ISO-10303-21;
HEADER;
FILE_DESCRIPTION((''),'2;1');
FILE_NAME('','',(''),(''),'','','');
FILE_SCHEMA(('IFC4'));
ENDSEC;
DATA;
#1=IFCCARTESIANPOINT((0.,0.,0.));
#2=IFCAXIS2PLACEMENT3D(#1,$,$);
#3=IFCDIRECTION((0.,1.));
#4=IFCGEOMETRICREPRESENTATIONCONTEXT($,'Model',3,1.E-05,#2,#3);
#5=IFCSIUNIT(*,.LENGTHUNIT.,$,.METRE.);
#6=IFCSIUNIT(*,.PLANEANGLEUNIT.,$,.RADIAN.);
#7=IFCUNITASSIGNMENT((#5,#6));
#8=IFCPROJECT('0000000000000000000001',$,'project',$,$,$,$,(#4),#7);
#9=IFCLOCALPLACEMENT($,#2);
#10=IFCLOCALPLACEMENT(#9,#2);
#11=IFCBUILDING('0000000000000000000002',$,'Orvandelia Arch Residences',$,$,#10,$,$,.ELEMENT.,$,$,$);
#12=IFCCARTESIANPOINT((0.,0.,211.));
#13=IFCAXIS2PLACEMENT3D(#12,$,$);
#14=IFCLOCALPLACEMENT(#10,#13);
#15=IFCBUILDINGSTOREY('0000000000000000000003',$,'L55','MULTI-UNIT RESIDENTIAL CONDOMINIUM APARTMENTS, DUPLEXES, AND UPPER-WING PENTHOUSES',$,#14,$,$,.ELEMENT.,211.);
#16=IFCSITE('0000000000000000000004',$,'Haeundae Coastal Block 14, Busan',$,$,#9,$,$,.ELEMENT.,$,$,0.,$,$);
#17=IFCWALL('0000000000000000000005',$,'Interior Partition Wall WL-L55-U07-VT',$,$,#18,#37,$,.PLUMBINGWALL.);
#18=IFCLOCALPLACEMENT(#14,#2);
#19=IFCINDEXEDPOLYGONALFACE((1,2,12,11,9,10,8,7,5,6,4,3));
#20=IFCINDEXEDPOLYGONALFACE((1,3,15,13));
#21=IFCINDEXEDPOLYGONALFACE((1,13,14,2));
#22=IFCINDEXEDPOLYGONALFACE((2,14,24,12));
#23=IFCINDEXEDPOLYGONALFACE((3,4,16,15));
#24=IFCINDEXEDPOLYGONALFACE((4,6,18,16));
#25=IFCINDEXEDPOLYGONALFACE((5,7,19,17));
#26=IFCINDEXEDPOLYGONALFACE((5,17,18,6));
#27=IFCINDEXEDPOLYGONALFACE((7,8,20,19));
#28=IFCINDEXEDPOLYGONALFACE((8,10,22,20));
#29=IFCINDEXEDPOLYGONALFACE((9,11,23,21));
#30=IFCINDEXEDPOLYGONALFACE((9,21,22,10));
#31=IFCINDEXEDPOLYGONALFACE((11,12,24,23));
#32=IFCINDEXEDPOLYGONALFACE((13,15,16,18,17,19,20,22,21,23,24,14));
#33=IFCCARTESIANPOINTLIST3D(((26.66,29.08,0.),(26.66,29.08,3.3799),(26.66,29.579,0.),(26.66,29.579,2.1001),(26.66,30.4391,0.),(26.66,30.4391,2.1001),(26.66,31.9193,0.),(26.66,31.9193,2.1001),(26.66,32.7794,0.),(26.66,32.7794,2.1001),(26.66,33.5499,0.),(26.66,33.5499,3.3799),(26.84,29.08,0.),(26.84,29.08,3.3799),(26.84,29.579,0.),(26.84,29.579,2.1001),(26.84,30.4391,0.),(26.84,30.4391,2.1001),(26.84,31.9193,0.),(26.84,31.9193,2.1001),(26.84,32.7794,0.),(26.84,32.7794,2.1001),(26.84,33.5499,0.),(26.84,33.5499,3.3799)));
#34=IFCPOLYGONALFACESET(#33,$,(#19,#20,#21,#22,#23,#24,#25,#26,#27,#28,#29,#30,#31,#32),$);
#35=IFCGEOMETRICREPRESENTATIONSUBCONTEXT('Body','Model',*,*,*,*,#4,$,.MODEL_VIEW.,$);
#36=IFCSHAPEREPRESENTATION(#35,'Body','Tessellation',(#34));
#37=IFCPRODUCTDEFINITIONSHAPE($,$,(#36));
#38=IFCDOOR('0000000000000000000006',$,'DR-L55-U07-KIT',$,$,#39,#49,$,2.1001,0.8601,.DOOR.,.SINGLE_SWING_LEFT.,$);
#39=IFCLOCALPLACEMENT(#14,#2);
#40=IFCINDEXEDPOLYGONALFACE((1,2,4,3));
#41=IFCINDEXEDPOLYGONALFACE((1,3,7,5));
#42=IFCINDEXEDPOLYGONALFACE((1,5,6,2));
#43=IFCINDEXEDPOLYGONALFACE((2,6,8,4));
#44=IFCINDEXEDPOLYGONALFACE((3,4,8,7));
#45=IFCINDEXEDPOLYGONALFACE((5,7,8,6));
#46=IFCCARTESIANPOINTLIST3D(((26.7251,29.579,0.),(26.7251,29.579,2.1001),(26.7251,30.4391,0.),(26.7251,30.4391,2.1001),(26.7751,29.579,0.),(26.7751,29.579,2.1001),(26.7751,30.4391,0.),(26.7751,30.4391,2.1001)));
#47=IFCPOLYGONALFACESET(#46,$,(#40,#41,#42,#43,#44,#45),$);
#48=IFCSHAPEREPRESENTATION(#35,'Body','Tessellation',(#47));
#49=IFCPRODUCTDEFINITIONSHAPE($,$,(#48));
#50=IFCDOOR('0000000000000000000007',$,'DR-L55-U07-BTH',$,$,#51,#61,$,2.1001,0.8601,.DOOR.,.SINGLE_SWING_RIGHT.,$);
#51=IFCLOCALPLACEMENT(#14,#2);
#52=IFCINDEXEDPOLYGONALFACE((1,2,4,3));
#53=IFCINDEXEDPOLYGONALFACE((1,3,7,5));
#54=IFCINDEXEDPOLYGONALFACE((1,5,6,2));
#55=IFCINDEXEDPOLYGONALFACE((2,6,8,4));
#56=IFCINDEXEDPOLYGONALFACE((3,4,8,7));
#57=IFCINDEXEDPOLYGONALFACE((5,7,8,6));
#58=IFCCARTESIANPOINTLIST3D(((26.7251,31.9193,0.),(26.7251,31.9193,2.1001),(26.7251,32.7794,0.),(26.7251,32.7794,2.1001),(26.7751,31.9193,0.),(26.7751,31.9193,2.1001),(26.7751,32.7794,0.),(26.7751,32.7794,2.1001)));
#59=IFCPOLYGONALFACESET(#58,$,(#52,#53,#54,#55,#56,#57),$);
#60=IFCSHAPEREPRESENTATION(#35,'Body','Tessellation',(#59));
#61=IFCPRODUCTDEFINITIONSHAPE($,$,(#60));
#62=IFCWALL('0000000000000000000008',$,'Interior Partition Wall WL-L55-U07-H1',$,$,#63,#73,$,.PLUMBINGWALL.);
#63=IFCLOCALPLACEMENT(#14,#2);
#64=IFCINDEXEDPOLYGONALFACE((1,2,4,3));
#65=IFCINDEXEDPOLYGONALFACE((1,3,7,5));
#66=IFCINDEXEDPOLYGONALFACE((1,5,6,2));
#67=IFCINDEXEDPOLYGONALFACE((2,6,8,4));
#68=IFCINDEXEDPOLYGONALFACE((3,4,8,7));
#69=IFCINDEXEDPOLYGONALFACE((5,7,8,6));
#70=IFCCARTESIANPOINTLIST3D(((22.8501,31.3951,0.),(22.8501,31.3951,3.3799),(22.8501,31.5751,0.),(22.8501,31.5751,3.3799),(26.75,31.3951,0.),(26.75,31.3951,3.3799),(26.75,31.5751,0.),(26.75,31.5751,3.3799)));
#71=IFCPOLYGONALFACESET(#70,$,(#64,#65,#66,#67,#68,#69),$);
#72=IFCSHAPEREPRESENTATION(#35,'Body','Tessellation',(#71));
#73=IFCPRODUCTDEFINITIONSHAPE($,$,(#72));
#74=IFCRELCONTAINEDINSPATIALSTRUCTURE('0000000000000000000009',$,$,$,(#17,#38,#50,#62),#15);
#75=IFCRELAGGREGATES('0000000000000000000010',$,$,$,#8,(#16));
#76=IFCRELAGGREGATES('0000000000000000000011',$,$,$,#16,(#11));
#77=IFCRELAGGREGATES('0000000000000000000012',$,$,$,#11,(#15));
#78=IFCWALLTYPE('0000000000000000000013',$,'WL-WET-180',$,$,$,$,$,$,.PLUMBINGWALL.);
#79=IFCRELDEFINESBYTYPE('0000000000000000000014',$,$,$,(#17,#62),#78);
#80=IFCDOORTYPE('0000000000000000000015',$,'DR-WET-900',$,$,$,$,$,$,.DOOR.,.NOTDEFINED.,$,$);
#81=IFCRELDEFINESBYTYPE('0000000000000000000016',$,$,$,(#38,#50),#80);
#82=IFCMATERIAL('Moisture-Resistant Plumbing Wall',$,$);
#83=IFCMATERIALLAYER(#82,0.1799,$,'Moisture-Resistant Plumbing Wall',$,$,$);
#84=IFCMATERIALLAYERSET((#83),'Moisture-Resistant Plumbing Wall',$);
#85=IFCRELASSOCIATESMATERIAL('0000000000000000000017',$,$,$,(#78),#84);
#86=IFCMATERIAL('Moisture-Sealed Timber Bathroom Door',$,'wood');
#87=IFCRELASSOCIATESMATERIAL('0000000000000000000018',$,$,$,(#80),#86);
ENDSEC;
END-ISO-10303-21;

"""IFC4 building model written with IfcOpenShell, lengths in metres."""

from ifc_helpers import new_model, si_unit, direction, frame, frame_2d, origin, place, context, subcontext, project, spatial, rectangle, extrude, material, layer, layer_set, type_object, element, fill, save


model = new_model("IFC4")

# Units and contexts
model_context = context("Model", 3, precision=1e-05, world=origin(), true_north=direction((0.0, 1.0)))
body_context = subcontext(model_context, "Body", "Model", "MODEL_VIEW")
ifc_project = project(units=[si_unit("LENGTHUNIT", "METRE"), si_unit("PLANEANGLEUNIT", "RADIAN")], contexts=[model_context])

# Site, building, storey
site_placement = place(None, origin())
site = spatial("IfcSite", under=ifc_project, at=site_placement, Name="Haeundae Coastal Block 14, Busan", CompositionType="ELEMENT", RefElevation=0.0)
building_placement = place(site_placement, origin())
building = spatial("IfcBuilding", under=site, at=building_placement, Name="Orvandelia Arch Residences", CompositionType="ELEMENT")
storey_placement = place(building_placement, frame((0.0, 0.0, 211.0)))
storey = spatial("IfcBuildingStorey", under=building, at=storey_placement, Name="L55", Description="MULTI-UNIT RESIDENTIAL CONDOMINIUM APARTMENTS, DUPLEXES, AND UPPER-WING PENTHOUSES", CompositionType="ELEMENT", Elevation=211.0)

# Wall, openings, doors
ifc_material_1 = material(Name="Moisture-Resistant Plumbing Wall")
ifc_layer_1 = layer(ifc_material_1, 0.1799, Name="Moisture-Resistant Plumbing Wall")
ifc_layer_set_1 = layer_set([ifc_layer_1], Name="Moisture-Resistant Plumbing Wall")
wall_type_1 = type_object("IfcWallType", Name="WL-WET-180", PredefinedType="PLUMBINGWALL", material=ifc_layer_set_1)
wall_1_placement = place(storey_placement, frame((26.75, 29.0801, 0.0), z_axis=(0.0, 0.0, 1.0), x_axis=(0.0, 1.0, 0.0)))
wall_1 = element("IfcWall", 1, at=wall_1_placement, inside=storey, type_object=wall_type_1, Name="Interior Partition Wall WL-L55-U07-VT", PredefinedType="PLUMBINGWALL", context=body_context, shape_type="SweptSolid", body=[
    extrude(rectangle(XDim=4.47, YDim=0.1799, at=frame_2d((2.2349, 0.0))), origin(), (0.0, 0.0, 1.0), 3.3799),
])
opening_1_placement = place(wall_1_placement, frame((0.4988, 0.0, 0.0)))
opening_1 = element("IfcOpeningElement", 2, at=opening_1_placement, cuts=wall_1, PredefinedType="OPENING", context=body_context, shape_type="SweptSolid", body=[
    extrude(rectangle(XDim=0.8601, YDim=2.1001, at=frame_2d((0.4302, 1.05))), frame((0.0, 0.1001, 0.0), z_axis=(0.0, -1.0, 0.0), x_axis=(1.0, 0.0, 0.0)), (0.0, 0.0, 1.0), 0.2),
])
opening_2_placement = place(wall_1_placement, frame((2.8391, 0.0, 0.0)))
opening_2 = element("IfcOpeningElement", 3, at=opening_2_placement, cuts=wall_1, PredefinedType="OPENING", context=body_context, shape_type="SweptSolid", body=[
    extrude(rectangle(XDim=0.8601, YDim=2.1001, at=frame_2d((0.4302, 1.05))), frame((0.0, 0.1001, 0.0), z_axis=(0.0, -1.0, 0.0), x_axis=(1.0, 0.0, 0.0)), (0.0, 0.0, 1.0), 0.2),
])
ifc_material_2 = material(Name="Moisture-Sealed Timber Bathroom Door", Category="wood")
door_type = type_object("IfcDoorType", Name="DR-WET-900", OperationType="NOTDEFINED", PredefinedType="DOOR", material=ifc_material_2)
door_1_placement = place(opening_1_placement, origin())
door_1 = element("IfcDoor", 4, at=door_1_placement, inside=storey, type_object=door_type, Name="DR-L55-U07-KIT", OperationType="SINGLE_SWING_LEFT", OverallHeight=2.1001, OverallWidth=0.8601, PredefinedType="DOOR", context=body_context, shape_type="SweptSolid", body=[
    extrude(rectangle(XDim=0.8601, YDim=2.1001, at=frame_2d((0.4302, 1.05))), frame((0.0, 0.0249, 0.0), z_axis=(0.0, -1.0, 0.0), x_axis=(1.0, 0.0, 0.0)), (0.0, 0.0, 1.0), 0.05),
])
fill(opening_1, door_1)
door_2_placement = place(opening_2_placement, origin())
door_2 = element("IfcDoor", 5, at=door_2_placement, inside=storey, type_object=door_type, Name="DR-L55-U07-BTH", OperationType="SINGLE_SWING_RIGHT", OverallHeight=2.1001, OverallWidth=0.8601, PredefinedType="DOOR", context=body_context, shape_type="SweptSolid", body=[
    extrude(rectangle(XDim=0.8601, YDim=2.1001, at=frame_2d((0.4302, 1.05))), frame((0.0, 0.0249, 0.0), z_axis=(0.0, -1.0, 0.0), x_axis=(1.0, 0.0, 0.0)), (0.0, 0.0, 1.0), 0.05),
])
fill(opening_2, door_2)

# Wall
wall_2_placement = place(storey_placement, frame((22.8501, 31.4851, 0.0), z_axis=(0.0, 0.0, 1.0), x_axis=(1.0, 0.0, 0.0)))
element("IfcWall", 6, at=wall_2_placement, inside=storey, type_object=wall_type_1, Name="Interior Partition Wall WL-L55-U07-H1", PredefinedType="PLUMBINGWALL", context=body_context, shape_type="SweptSolid", body=[
    extrude(rectangle(XDim=3.8999, YDim=0.1799, at=frame_2d((1.95, 0.0))), origin(), (0.0, 0.0, 1.0), 3.3799),
])

save(model, "model.ifc")
